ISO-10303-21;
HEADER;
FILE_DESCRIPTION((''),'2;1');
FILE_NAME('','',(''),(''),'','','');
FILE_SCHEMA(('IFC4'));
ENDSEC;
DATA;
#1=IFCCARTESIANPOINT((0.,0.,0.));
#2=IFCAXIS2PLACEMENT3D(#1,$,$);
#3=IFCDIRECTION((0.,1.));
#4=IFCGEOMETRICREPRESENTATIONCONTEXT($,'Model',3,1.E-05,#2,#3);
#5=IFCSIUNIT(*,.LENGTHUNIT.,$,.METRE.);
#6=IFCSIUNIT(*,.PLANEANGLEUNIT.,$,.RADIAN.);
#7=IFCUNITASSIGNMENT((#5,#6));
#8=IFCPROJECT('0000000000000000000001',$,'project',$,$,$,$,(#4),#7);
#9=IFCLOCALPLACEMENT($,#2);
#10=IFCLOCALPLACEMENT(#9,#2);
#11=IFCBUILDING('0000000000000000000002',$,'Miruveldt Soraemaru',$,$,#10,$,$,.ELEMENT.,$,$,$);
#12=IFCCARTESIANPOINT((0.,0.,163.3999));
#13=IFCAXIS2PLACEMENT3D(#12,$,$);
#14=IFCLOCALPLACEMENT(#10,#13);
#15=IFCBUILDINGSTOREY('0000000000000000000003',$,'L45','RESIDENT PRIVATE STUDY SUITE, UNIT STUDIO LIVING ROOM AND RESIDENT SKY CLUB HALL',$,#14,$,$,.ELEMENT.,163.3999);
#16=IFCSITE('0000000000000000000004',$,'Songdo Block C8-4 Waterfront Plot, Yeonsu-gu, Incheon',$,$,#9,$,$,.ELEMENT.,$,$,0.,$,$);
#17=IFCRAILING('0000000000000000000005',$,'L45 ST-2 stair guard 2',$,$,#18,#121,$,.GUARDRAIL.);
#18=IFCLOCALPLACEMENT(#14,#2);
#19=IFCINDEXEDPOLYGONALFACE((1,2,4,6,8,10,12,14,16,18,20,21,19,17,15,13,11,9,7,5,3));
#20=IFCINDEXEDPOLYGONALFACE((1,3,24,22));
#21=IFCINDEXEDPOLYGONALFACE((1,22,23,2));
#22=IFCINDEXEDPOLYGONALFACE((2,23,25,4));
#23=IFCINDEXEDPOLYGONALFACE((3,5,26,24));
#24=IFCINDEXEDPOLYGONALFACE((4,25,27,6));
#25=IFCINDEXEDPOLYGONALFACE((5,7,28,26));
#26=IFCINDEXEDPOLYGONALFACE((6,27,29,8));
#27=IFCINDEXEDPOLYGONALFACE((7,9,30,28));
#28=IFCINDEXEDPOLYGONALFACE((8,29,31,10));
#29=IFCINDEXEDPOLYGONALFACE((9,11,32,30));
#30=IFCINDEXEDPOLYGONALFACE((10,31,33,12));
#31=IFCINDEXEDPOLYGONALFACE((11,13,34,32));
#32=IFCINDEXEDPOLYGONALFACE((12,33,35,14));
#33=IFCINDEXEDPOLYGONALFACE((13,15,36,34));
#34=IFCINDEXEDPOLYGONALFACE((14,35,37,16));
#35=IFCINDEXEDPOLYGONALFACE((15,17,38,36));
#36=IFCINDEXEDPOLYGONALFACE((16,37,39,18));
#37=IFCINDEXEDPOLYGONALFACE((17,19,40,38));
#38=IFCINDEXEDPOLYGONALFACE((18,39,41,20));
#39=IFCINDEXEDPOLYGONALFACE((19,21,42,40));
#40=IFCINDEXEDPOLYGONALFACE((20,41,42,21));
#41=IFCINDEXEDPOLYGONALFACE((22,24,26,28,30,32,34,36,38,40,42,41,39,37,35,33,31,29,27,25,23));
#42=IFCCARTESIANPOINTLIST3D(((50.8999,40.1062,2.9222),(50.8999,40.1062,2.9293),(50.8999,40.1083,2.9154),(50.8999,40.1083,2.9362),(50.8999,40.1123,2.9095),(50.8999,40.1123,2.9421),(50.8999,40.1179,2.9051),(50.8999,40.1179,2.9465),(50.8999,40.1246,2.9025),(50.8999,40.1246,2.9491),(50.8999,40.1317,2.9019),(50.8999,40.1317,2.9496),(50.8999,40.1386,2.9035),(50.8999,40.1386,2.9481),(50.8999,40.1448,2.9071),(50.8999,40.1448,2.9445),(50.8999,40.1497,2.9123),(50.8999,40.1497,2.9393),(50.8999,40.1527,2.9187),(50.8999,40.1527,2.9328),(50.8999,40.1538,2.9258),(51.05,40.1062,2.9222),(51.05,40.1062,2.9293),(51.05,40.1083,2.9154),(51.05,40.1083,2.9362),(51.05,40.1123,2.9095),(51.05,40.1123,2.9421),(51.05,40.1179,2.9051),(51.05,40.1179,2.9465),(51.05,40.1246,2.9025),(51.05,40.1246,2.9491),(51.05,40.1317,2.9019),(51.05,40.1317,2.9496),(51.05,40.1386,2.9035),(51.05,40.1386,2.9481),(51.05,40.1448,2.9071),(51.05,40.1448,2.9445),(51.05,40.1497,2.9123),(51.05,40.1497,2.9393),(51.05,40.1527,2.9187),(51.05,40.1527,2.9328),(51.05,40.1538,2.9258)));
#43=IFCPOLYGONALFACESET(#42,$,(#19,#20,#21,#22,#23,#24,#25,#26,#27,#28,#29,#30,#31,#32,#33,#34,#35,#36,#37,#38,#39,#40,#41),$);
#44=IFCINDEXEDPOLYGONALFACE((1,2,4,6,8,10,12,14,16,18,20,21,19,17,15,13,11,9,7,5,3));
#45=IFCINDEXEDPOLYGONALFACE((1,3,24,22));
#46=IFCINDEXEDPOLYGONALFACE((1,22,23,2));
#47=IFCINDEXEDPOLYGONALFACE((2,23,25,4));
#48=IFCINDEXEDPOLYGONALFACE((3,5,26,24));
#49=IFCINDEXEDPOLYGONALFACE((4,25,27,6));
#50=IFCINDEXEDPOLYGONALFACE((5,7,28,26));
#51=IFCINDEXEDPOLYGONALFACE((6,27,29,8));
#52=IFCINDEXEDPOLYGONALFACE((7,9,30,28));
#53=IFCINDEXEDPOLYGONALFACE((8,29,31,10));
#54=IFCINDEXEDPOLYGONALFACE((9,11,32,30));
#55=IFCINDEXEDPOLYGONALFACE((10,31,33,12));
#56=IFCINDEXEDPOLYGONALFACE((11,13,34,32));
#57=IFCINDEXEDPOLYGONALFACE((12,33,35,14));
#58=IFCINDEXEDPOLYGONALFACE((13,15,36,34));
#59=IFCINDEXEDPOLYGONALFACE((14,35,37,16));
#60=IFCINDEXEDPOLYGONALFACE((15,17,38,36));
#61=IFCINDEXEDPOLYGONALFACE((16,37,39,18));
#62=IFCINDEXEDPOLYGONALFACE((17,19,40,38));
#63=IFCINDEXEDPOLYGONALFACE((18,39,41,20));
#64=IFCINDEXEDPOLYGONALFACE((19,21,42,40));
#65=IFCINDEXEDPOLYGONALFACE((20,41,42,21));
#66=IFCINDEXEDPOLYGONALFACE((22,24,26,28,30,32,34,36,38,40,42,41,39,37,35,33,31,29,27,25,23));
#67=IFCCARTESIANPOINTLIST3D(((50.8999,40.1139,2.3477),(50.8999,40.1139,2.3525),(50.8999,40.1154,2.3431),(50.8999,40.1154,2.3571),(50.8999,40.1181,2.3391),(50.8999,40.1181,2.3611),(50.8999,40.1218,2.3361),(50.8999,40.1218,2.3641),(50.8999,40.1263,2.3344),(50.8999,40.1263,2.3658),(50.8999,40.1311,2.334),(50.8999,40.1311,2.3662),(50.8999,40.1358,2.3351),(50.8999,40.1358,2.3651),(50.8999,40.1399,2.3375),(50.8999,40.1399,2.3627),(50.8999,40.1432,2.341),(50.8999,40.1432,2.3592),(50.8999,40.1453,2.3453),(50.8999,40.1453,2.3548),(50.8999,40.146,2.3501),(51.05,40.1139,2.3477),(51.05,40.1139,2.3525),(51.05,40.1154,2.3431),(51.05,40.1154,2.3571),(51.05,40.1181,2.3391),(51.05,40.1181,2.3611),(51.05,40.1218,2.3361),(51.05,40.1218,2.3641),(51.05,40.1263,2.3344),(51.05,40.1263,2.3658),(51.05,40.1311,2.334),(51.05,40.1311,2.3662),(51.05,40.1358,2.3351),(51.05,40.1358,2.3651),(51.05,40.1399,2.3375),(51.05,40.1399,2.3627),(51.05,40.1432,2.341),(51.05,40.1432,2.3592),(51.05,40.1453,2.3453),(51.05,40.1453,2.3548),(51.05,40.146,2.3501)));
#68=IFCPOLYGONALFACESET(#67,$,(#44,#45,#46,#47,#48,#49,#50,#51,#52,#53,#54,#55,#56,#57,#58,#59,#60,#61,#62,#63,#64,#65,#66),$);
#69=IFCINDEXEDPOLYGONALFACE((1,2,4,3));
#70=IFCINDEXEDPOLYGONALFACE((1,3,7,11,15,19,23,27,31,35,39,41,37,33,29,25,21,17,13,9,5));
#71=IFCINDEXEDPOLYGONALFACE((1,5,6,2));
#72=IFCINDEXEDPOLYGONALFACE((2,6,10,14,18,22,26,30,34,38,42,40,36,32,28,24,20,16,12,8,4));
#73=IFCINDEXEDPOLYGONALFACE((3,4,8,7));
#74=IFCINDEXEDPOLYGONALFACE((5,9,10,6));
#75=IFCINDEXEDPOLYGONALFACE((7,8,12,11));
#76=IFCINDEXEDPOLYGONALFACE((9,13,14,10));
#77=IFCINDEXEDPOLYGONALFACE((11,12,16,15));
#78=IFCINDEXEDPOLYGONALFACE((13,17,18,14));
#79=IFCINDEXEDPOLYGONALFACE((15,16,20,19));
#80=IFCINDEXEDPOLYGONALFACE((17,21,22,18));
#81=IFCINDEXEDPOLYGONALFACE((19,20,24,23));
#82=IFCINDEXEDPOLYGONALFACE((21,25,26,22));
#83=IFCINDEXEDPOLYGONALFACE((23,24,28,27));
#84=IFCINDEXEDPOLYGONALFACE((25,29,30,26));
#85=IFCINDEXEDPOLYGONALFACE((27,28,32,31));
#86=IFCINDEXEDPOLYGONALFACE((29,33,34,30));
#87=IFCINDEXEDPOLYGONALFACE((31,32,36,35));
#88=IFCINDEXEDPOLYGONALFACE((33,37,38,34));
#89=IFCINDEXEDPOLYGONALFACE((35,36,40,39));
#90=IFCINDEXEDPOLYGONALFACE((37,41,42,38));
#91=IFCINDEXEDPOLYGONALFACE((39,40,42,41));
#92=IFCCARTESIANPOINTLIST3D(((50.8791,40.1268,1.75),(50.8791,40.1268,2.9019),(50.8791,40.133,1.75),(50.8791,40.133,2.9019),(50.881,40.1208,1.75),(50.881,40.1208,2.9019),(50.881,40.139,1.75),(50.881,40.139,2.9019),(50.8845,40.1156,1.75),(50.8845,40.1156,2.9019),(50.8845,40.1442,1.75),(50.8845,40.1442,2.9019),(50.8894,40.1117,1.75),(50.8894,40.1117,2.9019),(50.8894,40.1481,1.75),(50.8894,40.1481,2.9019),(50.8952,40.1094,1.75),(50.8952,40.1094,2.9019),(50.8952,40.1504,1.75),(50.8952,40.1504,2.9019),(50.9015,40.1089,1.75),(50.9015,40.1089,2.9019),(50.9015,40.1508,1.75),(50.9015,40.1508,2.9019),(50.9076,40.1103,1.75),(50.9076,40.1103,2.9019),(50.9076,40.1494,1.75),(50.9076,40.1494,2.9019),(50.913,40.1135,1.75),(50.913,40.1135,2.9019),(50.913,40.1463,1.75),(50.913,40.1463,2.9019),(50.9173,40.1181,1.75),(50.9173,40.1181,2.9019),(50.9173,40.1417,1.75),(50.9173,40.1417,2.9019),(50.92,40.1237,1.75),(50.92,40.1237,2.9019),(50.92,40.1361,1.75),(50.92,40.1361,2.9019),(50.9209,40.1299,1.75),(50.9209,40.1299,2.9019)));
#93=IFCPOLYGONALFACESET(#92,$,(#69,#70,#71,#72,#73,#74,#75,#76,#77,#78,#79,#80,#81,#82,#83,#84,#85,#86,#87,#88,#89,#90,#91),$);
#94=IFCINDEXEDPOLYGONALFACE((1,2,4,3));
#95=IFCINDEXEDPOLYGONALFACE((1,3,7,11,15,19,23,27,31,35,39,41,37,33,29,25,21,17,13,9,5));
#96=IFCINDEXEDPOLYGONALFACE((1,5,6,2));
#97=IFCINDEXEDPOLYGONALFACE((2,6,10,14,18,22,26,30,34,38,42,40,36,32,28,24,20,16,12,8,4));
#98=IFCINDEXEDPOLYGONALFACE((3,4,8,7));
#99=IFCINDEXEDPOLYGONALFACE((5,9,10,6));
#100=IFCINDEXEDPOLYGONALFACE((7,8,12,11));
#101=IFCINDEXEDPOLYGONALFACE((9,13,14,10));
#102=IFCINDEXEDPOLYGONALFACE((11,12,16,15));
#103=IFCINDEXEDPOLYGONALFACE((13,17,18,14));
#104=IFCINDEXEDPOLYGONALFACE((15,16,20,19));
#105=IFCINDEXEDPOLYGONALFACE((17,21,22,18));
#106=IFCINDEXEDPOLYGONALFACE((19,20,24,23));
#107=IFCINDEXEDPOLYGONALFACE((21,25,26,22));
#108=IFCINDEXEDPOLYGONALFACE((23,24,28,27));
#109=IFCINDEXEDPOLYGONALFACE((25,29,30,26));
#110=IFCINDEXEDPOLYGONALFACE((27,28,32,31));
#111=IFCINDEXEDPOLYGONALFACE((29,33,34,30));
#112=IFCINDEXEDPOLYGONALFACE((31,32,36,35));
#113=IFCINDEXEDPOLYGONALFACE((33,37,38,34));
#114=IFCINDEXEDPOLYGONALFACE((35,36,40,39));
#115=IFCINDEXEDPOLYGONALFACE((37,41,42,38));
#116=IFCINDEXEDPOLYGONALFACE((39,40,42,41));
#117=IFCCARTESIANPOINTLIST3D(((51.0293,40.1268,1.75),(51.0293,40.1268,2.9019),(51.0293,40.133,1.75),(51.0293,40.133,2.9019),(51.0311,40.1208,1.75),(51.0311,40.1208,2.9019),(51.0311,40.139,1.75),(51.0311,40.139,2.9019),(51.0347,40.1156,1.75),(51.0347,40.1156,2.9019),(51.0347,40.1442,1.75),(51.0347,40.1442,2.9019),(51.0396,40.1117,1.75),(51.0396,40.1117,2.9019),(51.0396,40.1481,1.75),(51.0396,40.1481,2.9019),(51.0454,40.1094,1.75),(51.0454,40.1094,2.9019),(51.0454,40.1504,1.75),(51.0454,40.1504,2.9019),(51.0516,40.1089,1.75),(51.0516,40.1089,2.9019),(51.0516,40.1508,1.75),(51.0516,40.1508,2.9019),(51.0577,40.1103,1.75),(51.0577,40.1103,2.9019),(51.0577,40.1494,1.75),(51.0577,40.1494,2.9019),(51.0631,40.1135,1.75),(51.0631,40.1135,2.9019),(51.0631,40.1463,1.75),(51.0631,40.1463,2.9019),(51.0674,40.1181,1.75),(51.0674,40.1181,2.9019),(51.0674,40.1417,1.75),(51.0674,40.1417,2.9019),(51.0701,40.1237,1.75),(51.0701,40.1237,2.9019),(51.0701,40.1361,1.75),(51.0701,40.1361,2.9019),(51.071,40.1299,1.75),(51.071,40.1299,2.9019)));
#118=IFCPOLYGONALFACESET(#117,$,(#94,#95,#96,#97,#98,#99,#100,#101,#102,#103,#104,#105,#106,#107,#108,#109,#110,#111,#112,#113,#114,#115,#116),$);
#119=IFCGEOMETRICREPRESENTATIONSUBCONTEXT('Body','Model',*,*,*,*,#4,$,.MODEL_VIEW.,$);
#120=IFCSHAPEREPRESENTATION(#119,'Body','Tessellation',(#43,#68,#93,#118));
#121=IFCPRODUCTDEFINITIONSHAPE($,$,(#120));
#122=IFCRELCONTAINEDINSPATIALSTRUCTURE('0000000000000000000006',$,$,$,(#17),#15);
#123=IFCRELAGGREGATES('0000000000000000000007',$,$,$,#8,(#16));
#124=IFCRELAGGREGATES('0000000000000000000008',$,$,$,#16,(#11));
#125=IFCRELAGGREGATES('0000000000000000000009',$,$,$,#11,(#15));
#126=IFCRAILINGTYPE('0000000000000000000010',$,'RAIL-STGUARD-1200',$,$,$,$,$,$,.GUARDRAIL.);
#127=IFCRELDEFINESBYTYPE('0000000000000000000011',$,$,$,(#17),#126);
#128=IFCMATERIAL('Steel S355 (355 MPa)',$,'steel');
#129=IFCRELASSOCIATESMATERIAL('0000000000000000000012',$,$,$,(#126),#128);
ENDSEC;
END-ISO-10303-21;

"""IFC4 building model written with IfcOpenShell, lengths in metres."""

from ifc_helpers import new_model, si_unit, direction, frame, origin, origin_2d, place, context, subcontext, project, spatial, circle, extrude, material, type_object, element, save


model = new_model("IFC4")

# Units and contexts
model_context = context("Model", 3, precision=1e-05, world=origin(), true_north=direction((0.0, 1.0)))
body_context = subcontext(model_context, "Body", "Model", "MODEL_VIEW")
ifc_project = project(units=[si_unit("LENGTHUNIT", "METRE"), si_unit("PLANEANGLEUNIT", "RADIAN")], contexts=[model_context])

# Site, building, storey
site_placement = place(None, origin())
site = spatial("IfcSite", under=ifc_project, at=site_placement, Name="Songdo Block C8-4 Waterfront Plot, Yeonsu-gu, Incheon", CompositionType="ELEMENT", RefElevation=0.0)
building_placement = place(site_placement, origin())
building = spatial("IfcBuilding", under=site, at=building_placement, Name="Miruveldt Soraemaru", CompositionType="ELEMENT")
storey_placement = place(building_placement, frame((0.0, 0.0, 163.3999)))
storey = spatial("IfcBuildingStorey", under=building, at=storey_placement, Name="L45", Description="RESIDENT PRIVATE STUDY SUITE, UNIT STUDIO LIVING ROOM AND RESIDENT SKY CLUB HALL", CompositionType="ELEMENT", Elevation=163.3999)

# Railing
ifc_material_1 = material(Name="Steel S355 (355 MPa)", Category="steel")
railing_type_1 = type_object("IfcRailingType", Name="RAIL-STGUARD-1200", PredefinedType="GUARDRAIL", material=ifc_material_1)
railing_1_placement = place(storey_placement, frame((50.8999, 40.1299, 1.75)))
element("IfcRailing", 1, at=railing_1_placement, inside=storey, type_object=railing_type_1, Name="L45 ST-2 stair guard 2", PredefinedType="GUARDRAIL", context=body_context, shape_type="SweptSolid", body=[
    extrude(circle(Radius=0.0239, at=origin_2d()), frame((0.0, 0.0, 1.1758), z_axis=(1.0, 0.0, 0.0), x_axis=(0.0, 1.0, 0.0)), (0.0, 0.0, 1.0), 0.1501),
    extrude(circle(Radius=0.0161, at=origin_2d()), frame((0.0, 0.0, 0.6001), z_axis=(1.0, 0.0, 0.0), x_axis=(0.0, 1.0, 0.0)), (0.0, 0.0, 1.0), 0.1501),
    extrude(circle(Radius=0.021, at=origin_2d()), origin(), (0.0, 0.0, 1.0), 1.1519),
    extrude(circle(Radius=0.021, at=origin_2d()), frame((0.1501, 0.0, 0.0)), (0.0, 0.0, 1.0), 1.1519),
])

save(model, "model.ifc")
